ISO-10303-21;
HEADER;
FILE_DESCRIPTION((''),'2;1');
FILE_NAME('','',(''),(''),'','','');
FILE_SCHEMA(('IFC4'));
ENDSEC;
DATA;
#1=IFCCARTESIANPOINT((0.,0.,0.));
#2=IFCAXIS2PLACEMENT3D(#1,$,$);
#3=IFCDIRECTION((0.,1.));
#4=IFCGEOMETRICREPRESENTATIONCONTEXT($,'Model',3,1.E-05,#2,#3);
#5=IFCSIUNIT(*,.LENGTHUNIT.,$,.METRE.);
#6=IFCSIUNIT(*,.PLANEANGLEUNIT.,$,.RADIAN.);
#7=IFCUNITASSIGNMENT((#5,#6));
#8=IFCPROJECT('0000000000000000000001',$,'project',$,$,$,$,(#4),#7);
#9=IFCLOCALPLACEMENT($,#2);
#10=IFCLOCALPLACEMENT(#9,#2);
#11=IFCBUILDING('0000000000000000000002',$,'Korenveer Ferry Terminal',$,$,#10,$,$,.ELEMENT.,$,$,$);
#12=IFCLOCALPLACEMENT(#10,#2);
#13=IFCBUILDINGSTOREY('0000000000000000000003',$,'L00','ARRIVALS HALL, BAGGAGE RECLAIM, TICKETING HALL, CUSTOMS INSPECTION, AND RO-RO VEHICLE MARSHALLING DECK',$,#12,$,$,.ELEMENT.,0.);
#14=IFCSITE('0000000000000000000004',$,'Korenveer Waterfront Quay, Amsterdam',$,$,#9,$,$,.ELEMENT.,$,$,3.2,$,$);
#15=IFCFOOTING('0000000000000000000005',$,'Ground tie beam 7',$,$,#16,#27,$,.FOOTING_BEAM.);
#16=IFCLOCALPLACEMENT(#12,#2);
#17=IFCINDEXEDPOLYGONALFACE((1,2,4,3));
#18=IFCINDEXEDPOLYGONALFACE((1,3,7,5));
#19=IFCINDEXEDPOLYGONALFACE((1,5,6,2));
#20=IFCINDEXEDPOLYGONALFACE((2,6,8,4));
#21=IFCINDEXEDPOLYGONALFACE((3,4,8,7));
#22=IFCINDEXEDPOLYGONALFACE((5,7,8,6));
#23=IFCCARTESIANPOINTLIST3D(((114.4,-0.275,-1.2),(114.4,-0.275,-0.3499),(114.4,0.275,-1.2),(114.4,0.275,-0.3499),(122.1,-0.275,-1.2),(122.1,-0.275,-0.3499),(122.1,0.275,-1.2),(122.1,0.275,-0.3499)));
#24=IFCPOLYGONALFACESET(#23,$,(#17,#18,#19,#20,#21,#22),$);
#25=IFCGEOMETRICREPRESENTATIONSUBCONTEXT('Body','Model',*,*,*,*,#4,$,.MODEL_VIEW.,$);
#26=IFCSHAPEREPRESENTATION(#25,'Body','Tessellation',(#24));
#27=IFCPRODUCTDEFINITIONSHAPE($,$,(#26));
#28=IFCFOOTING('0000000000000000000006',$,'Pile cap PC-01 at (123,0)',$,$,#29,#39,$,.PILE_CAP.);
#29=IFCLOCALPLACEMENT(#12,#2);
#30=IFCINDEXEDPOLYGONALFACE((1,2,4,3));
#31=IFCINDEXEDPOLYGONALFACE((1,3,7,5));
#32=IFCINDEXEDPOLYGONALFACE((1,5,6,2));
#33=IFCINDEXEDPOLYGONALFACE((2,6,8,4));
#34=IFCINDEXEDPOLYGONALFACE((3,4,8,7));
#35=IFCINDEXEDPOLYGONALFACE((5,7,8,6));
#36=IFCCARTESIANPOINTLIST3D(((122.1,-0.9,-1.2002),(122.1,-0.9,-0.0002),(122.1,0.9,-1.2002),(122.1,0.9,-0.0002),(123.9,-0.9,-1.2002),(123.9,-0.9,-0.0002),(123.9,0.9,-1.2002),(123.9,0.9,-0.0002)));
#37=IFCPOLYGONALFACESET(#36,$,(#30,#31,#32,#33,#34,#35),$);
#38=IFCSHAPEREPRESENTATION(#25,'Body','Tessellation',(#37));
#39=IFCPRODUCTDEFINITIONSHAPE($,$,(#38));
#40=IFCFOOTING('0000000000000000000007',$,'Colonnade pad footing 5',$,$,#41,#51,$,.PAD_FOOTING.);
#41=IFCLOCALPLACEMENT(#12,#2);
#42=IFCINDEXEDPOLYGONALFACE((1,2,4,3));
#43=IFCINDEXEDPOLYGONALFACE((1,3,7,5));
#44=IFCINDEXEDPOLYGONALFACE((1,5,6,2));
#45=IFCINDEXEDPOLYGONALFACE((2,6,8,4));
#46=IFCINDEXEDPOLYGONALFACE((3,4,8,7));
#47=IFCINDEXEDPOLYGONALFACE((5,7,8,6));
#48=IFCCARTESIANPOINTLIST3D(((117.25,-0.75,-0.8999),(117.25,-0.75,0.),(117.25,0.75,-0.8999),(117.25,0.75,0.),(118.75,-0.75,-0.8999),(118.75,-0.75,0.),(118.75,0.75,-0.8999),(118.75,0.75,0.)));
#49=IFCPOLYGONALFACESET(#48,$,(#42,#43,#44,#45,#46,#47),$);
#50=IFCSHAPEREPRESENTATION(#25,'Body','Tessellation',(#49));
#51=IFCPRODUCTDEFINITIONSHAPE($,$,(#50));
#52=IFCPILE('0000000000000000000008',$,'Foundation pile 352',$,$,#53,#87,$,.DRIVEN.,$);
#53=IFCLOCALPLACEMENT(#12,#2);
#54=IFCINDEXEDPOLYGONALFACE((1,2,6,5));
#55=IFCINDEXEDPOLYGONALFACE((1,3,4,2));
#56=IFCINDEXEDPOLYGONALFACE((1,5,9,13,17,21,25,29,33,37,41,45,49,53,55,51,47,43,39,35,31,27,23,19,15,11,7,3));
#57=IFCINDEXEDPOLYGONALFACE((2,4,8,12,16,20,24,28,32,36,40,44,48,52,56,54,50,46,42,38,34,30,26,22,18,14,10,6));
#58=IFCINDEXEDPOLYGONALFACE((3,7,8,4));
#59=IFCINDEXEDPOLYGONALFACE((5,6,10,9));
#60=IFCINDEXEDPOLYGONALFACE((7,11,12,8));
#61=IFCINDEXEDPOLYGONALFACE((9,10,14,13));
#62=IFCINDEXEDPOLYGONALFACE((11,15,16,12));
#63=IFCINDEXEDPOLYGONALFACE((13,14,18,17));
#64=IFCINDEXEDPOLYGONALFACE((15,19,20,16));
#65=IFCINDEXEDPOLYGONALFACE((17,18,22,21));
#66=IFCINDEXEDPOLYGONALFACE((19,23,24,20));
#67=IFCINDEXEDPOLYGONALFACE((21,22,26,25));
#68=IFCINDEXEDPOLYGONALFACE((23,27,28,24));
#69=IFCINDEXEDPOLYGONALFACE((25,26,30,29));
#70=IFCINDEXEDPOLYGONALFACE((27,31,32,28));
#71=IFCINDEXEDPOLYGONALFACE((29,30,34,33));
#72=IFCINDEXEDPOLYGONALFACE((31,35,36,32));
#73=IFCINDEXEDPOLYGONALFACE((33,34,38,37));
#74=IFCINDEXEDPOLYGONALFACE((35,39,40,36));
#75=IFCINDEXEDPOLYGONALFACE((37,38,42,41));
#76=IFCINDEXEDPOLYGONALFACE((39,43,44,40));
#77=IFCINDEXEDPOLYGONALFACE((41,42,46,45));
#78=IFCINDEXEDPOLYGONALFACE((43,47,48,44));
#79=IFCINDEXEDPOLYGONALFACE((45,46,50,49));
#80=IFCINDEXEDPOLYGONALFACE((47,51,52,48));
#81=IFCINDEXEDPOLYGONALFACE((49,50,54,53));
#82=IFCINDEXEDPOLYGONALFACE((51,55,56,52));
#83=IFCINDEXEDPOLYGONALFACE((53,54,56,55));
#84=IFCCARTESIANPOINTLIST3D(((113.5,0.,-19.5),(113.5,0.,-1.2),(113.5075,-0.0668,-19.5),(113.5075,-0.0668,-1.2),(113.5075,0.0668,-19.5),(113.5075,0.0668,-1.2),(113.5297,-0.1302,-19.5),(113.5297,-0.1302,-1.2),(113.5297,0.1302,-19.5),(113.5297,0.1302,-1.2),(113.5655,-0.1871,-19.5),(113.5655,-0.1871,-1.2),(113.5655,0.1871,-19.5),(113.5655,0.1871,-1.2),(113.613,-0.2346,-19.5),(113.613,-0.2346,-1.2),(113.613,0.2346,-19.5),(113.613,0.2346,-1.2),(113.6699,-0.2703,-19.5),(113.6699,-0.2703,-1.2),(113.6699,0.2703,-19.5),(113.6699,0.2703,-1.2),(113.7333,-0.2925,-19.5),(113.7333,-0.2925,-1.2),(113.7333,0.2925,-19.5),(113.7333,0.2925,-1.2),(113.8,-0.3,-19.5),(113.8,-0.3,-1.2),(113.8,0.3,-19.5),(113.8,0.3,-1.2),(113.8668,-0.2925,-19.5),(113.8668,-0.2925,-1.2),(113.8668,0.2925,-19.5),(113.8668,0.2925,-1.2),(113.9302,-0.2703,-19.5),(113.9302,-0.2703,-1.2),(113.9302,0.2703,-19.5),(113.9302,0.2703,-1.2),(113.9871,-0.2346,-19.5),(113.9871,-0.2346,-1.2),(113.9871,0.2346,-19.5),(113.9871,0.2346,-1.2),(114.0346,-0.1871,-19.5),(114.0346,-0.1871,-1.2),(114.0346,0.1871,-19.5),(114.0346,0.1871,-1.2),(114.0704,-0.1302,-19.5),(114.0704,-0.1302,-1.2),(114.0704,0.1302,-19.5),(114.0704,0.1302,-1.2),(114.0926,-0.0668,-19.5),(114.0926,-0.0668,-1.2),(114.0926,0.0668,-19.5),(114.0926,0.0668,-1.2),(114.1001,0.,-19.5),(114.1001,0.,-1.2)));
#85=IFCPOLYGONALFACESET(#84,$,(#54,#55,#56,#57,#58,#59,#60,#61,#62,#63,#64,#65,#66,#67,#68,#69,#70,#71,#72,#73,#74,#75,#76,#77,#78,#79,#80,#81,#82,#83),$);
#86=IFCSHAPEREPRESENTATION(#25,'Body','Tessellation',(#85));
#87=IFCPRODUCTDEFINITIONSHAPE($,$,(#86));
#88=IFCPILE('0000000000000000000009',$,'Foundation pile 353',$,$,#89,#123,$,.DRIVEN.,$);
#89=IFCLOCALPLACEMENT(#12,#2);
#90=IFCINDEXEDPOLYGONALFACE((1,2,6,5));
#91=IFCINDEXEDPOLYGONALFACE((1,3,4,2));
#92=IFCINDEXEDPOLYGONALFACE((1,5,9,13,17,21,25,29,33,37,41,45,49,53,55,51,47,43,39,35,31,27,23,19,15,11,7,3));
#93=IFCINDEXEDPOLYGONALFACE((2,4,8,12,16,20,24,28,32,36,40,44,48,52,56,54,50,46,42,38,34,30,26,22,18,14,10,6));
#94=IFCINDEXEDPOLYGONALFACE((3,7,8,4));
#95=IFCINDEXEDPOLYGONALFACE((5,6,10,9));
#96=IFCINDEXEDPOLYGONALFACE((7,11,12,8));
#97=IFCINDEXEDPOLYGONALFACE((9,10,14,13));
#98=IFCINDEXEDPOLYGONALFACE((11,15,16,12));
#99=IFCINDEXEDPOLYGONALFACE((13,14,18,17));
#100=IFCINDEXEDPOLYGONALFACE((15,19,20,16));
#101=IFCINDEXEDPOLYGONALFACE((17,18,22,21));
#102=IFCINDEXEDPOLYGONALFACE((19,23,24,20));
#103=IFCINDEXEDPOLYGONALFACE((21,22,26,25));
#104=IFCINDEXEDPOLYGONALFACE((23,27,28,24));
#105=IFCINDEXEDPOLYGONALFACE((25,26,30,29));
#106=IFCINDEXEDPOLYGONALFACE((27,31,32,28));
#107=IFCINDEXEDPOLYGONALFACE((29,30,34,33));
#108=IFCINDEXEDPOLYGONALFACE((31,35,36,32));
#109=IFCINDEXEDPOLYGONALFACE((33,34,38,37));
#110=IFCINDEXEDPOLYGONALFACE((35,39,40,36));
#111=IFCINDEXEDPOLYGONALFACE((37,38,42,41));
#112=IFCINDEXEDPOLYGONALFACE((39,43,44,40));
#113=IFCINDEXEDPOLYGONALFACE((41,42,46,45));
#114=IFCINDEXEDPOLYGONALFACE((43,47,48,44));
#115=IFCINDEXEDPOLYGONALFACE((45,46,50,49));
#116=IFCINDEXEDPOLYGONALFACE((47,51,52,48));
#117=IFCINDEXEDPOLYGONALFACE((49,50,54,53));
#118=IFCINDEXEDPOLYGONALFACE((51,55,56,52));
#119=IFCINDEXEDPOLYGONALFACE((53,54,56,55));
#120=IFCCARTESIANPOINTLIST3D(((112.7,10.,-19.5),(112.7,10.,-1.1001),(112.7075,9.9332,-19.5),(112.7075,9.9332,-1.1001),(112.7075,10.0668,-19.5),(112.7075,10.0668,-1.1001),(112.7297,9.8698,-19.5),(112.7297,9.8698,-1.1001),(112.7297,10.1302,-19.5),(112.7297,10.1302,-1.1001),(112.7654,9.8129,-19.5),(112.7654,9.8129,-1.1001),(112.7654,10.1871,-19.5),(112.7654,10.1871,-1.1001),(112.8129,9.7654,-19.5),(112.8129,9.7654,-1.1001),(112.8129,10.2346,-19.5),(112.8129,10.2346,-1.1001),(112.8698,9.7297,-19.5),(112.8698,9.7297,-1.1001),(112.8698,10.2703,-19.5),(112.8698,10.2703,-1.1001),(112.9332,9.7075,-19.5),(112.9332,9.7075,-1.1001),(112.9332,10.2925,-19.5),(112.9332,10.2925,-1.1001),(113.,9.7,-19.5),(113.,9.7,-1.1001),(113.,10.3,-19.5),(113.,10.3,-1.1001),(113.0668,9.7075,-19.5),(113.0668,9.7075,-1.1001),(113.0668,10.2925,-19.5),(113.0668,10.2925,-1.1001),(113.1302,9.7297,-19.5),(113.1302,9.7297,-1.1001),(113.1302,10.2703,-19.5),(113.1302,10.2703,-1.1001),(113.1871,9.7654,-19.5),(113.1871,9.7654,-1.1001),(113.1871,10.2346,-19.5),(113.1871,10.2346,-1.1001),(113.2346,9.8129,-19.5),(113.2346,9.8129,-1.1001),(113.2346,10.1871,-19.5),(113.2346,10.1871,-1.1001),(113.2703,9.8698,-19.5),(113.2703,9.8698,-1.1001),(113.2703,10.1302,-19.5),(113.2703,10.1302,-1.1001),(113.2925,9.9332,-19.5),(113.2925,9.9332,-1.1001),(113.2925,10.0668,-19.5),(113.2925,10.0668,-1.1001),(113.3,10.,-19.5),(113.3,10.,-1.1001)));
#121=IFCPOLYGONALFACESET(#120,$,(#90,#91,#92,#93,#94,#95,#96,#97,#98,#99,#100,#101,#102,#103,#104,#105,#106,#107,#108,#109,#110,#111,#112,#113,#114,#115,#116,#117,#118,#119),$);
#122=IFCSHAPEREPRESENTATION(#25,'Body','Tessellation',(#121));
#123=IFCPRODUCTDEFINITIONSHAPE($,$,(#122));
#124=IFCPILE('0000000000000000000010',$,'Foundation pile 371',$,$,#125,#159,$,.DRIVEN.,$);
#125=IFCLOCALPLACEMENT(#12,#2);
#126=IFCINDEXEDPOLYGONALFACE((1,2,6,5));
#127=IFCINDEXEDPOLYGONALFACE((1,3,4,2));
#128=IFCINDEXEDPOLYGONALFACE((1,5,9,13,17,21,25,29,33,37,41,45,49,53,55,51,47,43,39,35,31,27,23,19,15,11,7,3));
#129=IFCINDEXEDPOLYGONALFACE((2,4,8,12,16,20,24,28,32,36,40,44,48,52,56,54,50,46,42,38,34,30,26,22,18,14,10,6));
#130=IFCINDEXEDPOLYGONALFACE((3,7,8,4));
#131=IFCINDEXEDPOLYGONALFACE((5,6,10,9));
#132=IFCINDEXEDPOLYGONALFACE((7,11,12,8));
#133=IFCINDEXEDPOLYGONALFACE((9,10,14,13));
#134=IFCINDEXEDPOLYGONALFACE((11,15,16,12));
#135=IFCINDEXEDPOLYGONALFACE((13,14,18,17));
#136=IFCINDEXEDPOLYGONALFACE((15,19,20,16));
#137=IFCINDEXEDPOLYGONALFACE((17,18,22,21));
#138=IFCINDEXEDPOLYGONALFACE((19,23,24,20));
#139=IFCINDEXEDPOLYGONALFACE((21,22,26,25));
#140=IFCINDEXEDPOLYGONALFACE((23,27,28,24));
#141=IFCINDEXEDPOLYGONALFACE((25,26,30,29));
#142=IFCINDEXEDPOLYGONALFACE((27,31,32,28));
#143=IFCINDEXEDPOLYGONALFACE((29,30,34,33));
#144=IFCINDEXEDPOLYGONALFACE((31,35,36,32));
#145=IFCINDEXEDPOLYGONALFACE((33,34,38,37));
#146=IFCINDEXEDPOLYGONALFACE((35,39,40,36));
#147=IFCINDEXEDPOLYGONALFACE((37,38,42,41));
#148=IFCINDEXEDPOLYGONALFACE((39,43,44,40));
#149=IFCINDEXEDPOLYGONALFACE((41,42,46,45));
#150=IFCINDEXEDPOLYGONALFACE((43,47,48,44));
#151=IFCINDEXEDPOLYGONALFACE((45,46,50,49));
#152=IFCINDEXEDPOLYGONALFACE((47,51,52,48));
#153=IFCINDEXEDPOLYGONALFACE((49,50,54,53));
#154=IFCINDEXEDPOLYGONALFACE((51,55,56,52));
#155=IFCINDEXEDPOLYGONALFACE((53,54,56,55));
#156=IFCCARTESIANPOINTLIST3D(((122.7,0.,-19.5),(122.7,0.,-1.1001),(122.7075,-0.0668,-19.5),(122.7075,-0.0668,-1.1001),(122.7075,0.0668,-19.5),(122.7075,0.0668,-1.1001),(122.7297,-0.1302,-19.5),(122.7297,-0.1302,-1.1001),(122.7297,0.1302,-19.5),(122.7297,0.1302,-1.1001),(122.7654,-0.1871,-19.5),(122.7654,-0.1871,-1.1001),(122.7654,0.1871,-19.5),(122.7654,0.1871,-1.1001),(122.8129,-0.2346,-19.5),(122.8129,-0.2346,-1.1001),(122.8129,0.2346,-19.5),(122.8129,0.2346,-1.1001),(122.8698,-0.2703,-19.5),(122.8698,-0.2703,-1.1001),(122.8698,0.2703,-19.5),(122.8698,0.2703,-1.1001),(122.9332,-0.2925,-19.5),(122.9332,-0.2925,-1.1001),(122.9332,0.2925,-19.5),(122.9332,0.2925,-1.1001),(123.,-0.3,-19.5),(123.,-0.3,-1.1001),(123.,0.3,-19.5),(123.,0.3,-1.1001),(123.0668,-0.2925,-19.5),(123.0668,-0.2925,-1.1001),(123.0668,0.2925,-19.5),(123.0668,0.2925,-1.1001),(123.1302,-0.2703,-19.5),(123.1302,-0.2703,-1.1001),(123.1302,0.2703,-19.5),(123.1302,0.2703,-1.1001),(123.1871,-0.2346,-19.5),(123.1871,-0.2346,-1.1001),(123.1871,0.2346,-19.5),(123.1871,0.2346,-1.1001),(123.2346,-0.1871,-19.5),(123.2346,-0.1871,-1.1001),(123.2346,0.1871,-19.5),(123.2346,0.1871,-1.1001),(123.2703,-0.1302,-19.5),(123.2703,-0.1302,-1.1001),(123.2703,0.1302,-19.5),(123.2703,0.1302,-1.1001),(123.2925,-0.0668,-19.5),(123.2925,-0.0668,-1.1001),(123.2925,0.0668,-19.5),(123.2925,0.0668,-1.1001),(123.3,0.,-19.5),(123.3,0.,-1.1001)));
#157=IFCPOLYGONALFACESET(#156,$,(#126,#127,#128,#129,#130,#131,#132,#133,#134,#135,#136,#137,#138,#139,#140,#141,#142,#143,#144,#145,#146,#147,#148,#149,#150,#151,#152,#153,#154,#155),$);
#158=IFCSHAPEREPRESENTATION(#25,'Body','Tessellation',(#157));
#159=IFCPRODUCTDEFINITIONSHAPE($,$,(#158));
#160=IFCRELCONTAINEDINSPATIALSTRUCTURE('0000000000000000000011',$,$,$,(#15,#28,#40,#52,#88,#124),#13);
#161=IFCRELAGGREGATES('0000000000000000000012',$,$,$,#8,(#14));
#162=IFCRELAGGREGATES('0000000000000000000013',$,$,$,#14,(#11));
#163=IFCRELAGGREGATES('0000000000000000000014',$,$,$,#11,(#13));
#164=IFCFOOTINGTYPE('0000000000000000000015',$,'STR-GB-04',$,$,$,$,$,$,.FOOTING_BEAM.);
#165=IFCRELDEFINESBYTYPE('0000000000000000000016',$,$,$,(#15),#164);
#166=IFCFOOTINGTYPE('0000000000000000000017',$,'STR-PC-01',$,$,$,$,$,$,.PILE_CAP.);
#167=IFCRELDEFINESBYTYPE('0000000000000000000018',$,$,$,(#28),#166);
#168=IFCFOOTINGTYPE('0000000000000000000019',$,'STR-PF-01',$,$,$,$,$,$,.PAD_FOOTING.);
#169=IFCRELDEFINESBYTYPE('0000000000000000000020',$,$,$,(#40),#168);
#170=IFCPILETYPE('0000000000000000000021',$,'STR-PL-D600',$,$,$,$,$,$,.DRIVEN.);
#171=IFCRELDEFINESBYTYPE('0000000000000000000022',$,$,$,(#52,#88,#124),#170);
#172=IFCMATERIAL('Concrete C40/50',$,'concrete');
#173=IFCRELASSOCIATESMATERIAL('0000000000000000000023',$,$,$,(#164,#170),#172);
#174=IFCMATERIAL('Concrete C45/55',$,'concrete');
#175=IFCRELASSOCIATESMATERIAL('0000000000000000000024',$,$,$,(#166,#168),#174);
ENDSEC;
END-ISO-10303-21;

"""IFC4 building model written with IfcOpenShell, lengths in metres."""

from ifc_helpers import new_model, si_unit, direction, frame, origin, origin_2d, place, context, subcontext, project, spatial, rectangle, circle, extrude, material, material_profile, profile_set, type_object, element, save


model = new_model("IFC4")

# Units and contexts
model_context = context("Model", 3, precision=1e-05, world=origin(), true_north=direction((0.0, 1.0)))
body_context = subcontext(model_context, "Body", "Model", "MODEL_VIEW")
ifc_project = project(units=[si_unit("LENGTHUNIT", "METRE"), si_unit("PLANEANGLEUNIT", "RADIAN")], contexts=[model_context])

# Site, building, storey
site_placement = place(None, origin())
site = spatial("IfcSite", under=ifc_project, at=site_placement, Name="Korenveer Waterfront Quay, Amsterdam", CompositionType="ELEMENT", RefElevation=3.2)
building_placement = place(site_placement, origin())
building = spatial("IfcBuilding", under=site, at=building_placement, Name="Korenveer Ferry Terminal", CompositionType="ELEMENT")
storey_placement = place(building_placement, origin())
storey = spatial("IfcBuildingStorey", under=building, at=storey_placement, Name="L00", Description="ARRIVALS HALL, BAGGAGE RECLAIM, TICKETING HALL, CUSTOMS INSPECTION, AND RO-RO VEHICLE MARSHALLING DECK", CompositionType="ELEMENT", Elevation=0.0)

# Footings
ifc_material_1 = material(Name="Concrete C40/50", Category="concrete")
footing_type_1 = type_object("IfcFootingType", Name="STR-GB-04", PredefinedType="FOOTING_BEAM", material=ifc_material_1)
footing_1_placement = place(storey_placement, frame((118.25, 0.0, -1.2), z_axis=(0.0, 0.0, 1.0), x_axis=(1.0, 0.0, 0.0)))
element("IfcFooting", 1, at=footing_1_placement, inside=storey, type_object=footing_type_1, Name="Ground tie beam 7", PredefinedType="FOOTING_BEAM", context=body_context, shape_type="SweptSolid", body=[
    extrude(rectangle(XDim=7.7, YDim=0.55, at=origin_2d()), origin(), (0.0, 0.0, 1.0), 0.8501),
])
ifc_material_2 = material(Name="Concrete C45/55", Category="concrete")
footing_type_2 = type_object("IfcFootingType", Name="STR-PC-01", PredefinedType="PILE_CAP", material=ifc_material_2)
footing_2_placement = place(storey_placement, frame((123.0, 0.0, -1.2002), z_axis=(0.0, 0.0, 1.0), x_axis=(1.0, 0.0, 0.0)))
element("IfcFooting", 2, at=footing_2_placement, inside=storey, type_object=footing_type_2, Name="Pile cap PC-01 at (123,0)", PredefinedType="PILE_CAP", context=body_context, shape_type="SweptSolid", body=[
    extrude(rectangle(XDim=1.8, YDim=1.8, at=origin_2d()), origin(), (0.0, 0.0, 1.0), 1.2),
])
footing_type_3 = type_object("IfcFootingType", Name="STR-PF-01", PredefinedType="PAD_FOOTING", material=ifc_material_2)
footing_3_placement = place(storey_placement, frame((118.0, 0.0, -0.8999), z_axis=(0.0, 0.0, 1.0), x_axis=(1.0, 0.0, 0.0)))
element("IfcFooting", 3, at=footing_3_placement, inside=storey, type_object=footing_type_3, Name="Colonnade pad footing 5", PredefinedType="PAD_FOOTING", context=body_context, shape_type="SweptSolid", body=[
    extrude(rectangle(XDim=1.5, YDim=1.5, at=origin_2d()), origin(), (0.0, 0.0, 1.0), 0.8999),
])

# Piles
ifc_material_profile_1 = material_profile(ifc_material_1, circle(Radius=0.3, at=origin_2d()), Name="PILE D600")
ifc_profile_set_1 = profile_set([ifc_material_profile_1], Name="Concrete C40/50")
pile_type = type_object("IfcPileType", Name="STR-PL-D600", PredefinedType="DRIVEN", material=ifc_profile_set_1)
pile_placement = place(storey_placement, frame((113.8, 0.0, -1.2), z_axis=(0.0, 0.0, -1.0), x_axis=(1.0, 0.0, 0.0)))
element("IfcPile", 4, at=pile_placement, inside=storey, type_object=pile_type, Name="Foundation pile 352", PredefinedType="DRIVEN", context=body_context, shape_type="SweptSolid", body=[
    extrude(circle(Radius=0.3, at=origin_2d()), origin(), (0.0, 0.0, 1.0), 18.3),
])
for number, where, z_axis, x_axis, name in (
    (5, (113.0, 10.0, -1.1001), (0.0, 0.0, -1.0), (1.0, 0.0, 0.0), "Foundation pile 353"),
    (6, (123.0, 0.0, -1.1001), (0.0, 0.0, -1.0), (1.0, 0.0, 0.0), "Foundation pile 371"),
):
    element("IfcPile", number, at=place(storey_placement, frame(where, z_axis=z_axis, x_axis=x_axis)), inside=storey, type_object=pile_type, Name=name, PredefinedType="DRIVEN", context=body_context, shape_type="SweptSolid", body=[
        extrude(circle(Radius=0.3, at=origin_2d()), origin(), (0.0, 0.0, 1.0), 18.3999),
    ])

save(model, "model.ifc")
